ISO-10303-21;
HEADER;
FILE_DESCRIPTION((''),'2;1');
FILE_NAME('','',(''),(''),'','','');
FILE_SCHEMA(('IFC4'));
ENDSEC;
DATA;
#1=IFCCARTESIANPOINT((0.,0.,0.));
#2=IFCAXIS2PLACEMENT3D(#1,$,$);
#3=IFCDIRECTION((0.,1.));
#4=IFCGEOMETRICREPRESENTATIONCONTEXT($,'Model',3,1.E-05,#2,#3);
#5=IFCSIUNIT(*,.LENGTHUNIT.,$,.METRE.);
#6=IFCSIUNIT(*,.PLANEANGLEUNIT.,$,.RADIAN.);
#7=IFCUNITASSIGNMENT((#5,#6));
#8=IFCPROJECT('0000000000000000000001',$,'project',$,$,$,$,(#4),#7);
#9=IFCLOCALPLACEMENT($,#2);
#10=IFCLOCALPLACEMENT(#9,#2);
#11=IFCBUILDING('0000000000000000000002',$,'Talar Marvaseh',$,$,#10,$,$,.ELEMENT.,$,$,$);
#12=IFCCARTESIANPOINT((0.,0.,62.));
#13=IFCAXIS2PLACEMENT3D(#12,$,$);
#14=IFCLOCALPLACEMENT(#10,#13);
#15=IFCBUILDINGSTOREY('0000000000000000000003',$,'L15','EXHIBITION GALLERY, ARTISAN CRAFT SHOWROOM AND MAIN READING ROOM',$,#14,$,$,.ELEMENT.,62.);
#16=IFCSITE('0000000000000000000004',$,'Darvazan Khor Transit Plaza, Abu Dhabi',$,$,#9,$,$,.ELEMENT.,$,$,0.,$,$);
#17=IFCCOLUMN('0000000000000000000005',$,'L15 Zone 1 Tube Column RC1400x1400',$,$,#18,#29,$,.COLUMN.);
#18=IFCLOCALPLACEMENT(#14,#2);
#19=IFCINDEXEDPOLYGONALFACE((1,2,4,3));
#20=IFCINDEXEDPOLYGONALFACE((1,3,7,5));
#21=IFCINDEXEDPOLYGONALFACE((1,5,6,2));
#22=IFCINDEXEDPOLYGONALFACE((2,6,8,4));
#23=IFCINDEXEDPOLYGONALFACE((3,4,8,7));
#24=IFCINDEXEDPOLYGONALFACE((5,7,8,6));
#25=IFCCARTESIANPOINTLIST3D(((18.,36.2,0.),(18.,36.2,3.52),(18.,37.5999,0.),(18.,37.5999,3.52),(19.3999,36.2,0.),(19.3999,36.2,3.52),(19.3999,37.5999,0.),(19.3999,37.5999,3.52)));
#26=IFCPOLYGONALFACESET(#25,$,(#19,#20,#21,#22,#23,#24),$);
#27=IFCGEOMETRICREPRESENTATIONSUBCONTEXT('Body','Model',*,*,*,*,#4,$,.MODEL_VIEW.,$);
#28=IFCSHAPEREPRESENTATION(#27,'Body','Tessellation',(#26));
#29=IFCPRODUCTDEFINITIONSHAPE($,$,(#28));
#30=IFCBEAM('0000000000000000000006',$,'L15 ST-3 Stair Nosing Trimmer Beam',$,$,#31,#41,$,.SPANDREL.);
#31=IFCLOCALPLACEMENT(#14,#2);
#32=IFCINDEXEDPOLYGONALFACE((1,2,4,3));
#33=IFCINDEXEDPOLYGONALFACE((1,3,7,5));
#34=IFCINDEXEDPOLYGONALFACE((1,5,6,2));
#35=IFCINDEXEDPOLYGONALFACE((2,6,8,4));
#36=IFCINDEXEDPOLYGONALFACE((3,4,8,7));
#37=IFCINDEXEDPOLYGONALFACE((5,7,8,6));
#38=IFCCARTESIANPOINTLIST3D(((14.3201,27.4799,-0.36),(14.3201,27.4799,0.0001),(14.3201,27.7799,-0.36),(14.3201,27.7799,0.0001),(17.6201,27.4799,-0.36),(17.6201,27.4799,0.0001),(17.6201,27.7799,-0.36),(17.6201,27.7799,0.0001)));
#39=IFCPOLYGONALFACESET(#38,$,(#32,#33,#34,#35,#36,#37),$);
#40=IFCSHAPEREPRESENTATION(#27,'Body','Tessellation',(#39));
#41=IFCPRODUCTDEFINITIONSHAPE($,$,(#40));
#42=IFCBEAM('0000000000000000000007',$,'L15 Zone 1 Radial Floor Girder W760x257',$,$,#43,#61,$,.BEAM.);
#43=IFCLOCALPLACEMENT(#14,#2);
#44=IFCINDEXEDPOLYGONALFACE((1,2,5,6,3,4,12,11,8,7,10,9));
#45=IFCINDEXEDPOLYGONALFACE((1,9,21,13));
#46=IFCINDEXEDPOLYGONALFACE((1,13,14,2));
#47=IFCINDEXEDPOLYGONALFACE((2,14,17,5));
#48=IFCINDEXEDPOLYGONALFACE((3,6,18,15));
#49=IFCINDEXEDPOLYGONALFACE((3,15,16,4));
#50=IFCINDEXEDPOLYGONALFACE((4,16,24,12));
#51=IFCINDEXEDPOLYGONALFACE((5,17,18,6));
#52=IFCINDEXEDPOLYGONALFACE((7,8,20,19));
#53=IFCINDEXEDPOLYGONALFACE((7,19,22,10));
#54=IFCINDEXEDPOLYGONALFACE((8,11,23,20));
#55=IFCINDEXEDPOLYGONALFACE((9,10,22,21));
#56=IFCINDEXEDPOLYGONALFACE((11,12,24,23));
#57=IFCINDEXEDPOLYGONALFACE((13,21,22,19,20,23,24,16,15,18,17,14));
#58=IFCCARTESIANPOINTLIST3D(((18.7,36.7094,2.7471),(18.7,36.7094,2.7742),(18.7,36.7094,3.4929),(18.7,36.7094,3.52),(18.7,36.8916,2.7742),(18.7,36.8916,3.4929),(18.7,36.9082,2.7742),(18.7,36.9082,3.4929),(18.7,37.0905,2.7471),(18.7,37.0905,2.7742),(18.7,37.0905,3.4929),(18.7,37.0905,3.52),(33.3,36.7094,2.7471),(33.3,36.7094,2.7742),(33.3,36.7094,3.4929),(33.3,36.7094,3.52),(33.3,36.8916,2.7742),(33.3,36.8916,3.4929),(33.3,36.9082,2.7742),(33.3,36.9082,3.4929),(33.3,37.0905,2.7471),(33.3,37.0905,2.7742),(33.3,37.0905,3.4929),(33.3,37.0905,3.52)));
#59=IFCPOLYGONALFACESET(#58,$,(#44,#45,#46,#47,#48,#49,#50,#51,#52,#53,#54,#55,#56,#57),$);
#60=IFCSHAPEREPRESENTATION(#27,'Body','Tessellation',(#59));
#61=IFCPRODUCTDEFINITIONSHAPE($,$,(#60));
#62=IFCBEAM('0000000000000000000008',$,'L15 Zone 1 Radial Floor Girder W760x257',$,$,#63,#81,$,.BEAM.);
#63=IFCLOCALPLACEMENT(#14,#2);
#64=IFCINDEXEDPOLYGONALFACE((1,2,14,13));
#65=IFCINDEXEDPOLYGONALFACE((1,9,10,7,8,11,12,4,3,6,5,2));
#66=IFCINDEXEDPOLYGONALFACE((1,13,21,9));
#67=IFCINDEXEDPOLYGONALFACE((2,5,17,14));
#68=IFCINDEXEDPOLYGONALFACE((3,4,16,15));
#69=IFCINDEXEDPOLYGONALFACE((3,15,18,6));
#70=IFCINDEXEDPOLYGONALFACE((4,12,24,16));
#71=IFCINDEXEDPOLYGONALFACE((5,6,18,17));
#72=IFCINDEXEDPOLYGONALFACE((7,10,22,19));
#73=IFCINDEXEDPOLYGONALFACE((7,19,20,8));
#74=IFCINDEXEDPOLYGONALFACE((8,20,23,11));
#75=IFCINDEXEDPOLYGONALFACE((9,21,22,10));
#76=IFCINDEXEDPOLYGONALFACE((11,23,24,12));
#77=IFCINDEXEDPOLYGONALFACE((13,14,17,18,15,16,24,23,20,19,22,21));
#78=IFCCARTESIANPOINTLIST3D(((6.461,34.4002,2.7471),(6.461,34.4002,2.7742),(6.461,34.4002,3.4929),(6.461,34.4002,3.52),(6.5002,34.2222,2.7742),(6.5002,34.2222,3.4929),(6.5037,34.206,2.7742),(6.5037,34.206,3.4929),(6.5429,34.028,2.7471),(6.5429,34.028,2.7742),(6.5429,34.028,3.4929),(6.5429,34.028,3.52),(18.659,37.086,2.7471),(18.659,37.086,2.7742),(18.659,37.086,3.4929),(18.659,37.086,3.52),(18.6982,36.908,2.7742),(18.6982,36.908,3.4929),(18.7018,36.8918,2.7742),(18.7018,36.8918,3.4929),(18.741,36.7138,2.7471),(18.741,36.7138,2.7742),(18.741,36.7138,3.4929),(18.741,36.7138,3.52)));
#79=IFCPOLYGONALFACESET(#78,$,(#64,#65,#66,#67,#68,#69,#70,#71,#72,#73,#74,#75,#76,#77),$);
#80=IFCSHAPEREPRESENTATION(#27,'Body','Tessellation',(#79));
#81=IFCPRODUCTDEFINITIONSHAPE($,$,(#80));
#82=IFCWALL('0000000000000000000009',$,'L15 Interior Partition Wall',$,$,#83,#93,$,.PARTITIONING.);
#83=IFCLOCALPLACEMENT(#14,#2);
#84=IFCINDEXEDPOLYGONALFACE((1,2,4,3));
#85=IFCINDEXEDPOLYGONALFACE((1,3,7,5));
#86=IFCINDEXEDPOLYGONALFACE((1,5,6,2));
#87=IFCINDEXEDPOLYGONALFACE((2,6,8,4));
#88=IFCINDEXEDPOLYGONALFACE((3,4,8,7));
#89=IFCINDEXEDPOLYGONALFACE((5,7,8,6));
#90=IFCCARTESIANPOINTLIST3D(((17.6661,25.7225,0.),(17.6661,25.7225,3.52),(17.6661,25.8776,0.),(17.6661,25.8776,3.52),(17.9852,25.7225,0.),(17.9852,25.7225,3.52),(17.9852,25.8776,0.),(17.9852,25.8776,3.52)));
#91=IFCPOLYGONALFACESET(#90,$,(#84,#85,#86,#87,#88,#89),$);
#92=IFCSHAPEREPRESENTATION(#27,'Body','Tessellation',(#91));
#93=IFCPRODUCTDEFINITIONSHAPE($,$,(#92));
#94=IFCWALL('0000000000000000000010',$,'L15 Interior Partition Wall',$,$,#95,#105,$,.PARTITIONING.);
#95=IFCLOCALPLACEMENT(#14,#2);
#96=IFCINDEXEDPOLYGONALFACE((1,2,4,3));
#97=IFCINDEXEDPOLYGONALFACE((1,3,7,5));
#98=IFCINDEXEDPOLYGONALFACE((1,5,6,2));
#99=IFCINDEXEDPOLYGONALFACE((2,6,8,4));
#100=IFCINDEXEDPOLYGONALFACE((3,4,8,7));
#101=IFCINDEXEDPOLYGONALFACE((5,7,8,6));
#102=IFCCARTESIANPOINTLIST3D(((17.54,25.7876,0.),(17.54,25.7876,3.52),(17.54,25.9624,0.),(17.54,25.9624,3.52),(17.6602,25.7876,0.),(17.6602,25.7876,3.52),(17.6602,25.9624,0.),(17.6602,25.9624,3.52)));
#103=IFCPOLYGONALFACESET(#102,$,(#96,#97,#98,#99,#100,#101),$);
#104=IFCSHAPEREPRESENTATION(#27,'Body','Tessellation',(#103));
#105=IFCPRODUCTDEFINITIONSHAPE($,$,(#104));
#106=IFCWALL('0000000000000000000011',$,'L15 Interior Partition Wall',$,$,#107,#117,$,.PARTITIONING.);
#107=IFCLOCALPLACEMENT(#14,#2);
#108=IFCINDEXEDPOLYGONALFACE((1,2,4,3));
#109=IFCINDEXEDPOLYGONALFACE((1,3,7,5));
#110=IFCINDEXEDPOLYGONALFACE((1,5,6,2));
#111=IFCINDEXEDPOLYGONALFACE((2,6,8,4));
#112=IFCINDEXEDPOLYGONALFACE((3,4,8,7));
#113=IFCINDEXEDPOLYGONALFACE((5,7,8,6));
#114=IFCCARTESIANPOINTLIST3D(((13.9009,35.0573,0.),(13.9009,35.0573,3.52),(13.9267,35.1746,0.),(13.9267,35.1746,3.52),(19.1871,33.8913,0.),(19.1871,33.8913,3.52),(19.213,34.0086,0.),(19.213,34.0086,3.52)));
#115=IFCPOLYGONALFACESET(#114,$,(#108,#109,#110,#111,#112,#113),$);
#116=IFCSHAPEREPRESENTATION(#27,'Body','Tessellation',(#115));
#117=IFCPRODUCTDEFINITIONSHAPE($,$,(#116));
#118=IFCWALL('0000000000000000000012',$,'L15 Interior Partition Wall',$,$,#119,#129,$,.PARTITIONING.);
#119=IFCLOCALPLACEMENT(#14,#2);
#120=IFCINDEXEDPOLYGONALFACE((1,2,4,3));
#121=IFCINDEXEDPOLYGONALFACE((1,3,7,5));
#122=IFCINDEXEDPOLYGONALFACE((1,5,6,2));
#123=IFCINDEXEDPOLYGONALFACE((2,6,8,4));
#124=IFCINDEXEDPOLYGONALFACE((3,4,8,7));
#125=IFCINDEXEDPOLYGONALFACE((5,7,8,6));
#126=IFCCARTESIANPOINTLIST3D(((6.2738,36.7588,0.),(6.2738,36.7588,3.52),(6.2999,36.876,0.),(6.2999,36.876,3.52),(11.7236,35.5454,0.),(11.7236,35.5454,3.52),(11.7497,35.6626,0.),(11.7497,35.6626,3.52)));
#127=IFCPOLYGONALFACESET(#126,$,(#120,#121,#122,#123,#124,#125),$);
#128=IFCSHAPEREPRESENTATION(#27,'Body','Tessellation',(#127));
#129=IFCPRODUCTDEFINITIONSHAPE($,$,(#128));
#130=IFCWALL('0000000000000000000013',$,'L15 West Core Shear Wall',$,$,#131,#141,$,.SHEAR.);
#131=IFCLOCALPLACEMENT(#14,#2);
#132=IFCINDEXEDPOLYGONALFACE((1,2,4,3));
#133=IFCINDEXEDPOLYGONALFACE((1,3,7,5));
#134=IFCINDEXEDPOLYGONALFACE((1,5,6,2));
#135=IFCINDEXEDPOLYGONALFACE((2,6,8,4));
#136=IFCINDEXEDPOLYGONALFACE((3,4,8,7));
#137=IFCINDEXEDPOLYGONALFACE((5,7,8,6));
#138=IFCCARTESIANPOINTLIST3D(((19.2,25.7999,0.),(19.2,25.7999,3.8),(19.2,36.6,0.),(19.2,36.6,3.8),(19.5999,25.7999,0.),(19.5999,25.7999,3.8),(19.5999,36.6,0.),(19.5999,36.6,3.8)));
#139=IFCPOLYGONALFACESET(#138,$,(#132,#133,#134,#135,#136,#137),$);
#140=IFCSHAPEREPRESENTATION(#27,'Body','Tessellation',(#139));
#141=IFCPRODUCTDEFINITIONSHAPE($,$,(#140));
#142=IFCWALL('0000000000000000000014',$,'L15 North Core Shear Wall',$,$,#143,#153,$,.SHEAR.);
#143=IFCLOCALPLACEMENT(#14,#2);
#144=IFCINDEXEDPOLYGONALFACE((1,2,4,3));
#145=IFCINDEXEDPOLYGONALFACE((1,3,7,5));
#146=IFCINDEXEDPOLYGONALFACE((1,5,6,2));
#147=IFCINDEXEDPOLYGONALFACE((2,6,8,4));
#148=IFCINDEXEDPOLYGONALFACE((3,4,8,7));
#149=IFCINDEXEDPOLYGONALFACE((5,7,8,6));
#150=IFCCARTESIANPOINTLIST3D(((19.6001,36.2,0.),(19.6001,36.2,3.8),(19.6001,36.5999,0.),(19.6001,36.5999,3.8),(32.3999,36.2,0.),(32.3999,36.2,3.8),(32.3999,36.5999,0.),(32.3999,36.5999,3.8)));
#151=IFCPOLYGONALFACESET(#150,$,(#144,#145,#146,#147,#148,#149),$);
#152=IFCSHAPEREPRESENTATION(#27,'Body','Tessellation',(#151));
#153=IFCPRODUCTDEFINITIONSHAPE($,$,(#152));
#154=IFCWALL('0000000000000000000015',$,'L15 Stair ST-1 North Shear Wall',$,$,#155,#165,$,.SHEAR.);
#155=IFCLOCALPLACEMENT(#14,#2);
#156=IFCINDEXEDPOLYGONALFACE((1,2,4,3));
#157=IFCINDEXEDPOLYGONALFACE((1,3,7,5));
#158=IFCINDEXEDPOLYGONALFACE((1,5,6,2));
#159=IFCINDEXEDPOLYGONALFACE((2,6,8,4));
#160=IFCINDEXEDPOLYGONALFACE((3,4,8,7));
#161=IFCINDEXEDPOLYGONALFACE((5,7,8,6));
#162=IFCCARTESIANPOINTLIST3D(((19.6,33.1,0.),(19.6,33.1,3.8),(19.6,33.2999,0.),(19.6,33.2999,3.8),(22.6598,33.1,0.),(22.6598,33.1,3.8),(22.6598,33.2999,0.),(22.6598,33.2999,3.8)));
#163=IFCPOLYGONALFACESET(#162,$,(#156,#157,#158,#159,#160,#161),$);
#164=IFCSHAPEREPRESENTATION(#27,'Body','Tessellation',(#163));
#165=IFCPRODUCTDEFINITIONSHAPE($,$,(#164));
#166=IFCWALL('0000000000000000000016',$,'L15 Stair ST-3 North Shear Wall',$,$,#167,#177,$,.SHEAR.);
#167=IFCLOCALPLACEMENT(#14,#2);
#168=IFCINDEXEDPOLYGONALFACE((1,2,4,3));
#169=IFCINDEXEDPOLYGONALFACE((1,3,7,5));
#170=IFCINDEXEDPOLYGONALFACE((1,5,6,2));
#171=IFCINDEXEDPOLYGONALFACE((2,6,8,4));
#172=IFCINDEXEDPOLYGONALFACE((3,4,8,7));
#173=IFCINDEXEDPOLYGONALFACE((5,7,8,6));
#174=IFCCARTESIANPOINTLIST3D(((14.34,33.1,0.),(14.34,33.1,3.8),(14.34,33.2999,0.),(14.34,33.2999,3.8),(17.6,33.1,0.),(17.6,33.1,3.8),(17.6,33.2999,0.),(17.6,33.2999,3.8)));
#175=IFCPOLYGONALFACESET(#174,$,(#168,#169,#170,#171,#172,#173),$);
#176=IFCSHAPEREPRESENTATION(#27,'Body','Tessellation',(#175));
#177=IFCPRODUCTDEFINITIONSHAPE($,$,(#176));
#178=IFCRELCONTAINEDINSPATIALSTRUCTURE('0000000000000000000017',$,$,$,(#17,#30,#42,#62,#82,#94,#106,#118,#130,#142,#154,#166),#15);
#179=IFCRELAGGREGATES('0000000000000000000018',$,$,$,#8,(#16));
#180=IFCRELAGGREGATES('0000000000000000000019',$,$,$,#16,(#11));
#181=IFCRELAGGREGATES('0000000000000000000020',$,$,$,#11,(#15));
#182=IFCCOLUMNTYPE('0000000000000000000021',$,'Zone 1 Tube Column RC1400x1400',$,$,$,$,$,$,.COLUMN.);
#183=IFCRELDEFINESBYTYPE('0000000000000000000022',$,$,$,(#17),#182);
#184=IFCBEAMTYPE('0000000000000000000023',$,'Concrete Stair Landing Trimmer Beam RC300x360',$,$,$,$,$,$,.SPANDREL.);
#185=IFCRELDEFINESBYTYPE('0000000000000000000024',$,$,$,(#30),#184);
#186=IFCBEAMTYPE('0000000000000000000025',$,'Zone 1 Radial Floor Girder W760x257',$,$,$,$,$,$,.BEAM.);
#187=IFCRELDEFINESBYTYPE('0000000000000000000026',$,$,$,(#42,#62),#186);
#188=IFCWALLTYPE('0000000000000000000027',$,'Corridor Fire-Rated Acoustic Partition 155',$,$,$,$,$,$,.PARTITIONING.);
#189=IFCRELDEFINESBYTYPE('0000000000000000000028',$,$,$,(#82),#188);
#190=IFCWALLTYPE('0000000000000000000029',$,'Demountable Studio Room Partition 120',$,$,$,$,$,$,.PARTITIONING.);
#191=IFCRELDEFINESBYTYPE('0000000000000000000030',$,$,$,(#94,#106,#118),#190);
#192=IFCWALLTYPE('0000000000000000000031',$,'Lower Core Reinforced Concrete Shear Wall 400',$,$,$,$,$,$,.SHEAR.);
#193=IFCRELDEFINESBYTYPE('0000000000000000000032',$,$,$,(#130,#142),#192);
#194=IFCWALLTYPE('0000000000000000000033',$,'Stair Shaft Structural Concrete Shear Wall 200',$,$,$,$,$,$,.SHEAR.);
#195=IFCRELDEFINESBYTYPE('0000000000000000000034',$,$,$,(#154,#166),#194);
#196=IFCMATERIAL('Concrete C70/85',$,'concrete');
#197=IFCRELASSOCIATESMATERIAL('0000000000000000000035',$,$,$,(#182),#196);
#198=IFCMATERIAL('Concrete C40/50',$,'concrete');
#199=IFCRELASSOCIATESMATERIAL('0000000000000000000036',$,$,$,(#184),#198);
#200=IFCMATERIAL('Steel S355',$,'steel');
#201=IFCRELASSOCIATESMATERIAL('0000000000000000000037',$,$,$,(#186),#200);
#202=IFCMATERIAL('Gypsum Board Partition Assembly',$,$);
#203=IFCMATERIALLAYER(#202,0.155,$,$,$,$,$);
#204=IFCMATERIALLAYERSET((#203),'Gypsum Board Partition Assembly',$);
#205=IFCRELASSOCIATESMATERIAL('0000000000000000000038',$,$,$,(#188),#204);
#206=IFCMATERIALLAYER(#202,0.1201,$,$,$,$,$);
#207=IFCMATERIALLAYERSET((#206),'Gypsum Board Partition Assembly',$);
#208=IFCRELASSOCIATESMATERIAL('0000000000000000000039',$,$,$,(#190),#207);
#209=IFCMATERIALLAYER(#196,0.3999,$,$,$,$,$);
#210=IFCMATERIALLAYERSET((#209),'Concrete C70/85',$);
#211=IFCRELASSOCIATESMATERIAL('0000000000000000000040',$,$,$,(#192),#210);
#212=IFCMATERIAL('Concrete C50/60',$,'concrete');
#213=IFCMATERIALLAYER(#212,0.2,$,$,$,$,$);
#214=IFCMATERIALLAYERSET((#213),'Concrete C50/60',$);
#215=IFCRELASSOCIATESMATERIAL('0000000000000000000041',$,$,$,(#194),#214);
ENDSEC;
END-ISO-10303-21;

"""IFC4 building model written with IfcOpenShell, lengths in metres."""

from ifc_helpers import new_model, si_unit, direction, frame, frame_2d, origin, origin_2d, place, context, subcontext, project, spatial, rectangle, i_section, extrude, material, layer, layer_set, material_profile, profile_set, type_object, element, save


model = new_model("IFC4")

# Units and contexts
model_context = context("Model", 3, precision=1e-05, world=origin(), true_north=direction((0.0, 1.0)))
body_context = subcontext(model_context, "Body", "Model", "MODEL_VIEW")
ifc_project = project(units=[si_unit("LENGTHUNIT", "METRE"), si_unit("PLANEANGLEUNIT", "RADIAN")], contexts=[model_context])

# Site, building, storey
site_placement = place(None, origin())
site = spatial("IfcSite", under=ifc_project, at=site_placement, Name="Darvazan Khor Transit Plaza, Abu Dhabi", CompositionType="ELEMENT", RefElevation=0.0)
building_placement = place(site_placement, origin())
building = spatial("IfcBuilding", under=site, at=building_placement, Name="Talar Marvaseh", CompositionType="ELEMENT")
storey_placement = place(building_placement, frame((0.0, 0.0, 62.0)))
storey = spatial("IfcBuildingStorey", under=building, at=storey_placement, Name="L15", Description="EXHIBITION GALLERY, ARTISAN CRAFT SHOWROOM AND MAIN READING ROOM", CompositionType="ELEMENT", Elevation=62.0)

# Column
ifc_material_1 = material(Name="Concrete C70/85", Category="concrete")
ifc_material_profile_1 = material_profile(ifc_material_1, rectangle(XDim=1.3999, YDim=1.3999, at=origin_2d()), Name="RC1400x1400")
ifc_profile_set_1 = profile_set([ifc_material_profile_1], Name="Concrete C70/85")
column_type = type_object("IfcColumnType", Name="Zone 1 Tube Column RC1400x1400", PredefinedType="COLUMN", material=ifc_profile_set_1)
column_placement = place(storey_placement, frame((18.7, 36.8999, 0.0), z_axis=(0.0, 0.0, 1.0), x_axis=(1.0, 0.0, 0.0)))
element("IfcColumn", 1, at=column_placement, inside=storey, type_object=column_type, Name="L15 Zone 1 Tube Column RC1400x1400", PredefinedType="COLUMN", context=body_context, shape_type="SweptSolid", body=[
    extrude(rectangle(XDim=1.3999, YDim=1.3999, at=origin_2d()), origin(), (0.0, 0.0, 1.0), 3.52),
])

# Beams
ifc_material_2 = material(Name="Concrete C40/50", Category="concrete")
ifc_material_profile_2 = material_profile(ifc_material_2, rectangle(XDim=0.3, YDim=0.3601, at=origin_2d()), Name="RC300x360")
ifc_profile_set_2 = profile_set([ifc_material_profile_2], Name="Concrete C40/50")
beam_type_1 = type_object("IfcBeamType", Name="Concrete Stair Landing Trimmer Beam RC300x360", PredefinedType="SPANDREL", material=ifc_profile_set_2)
beam_1_placement = place(storey_placement, frame((17.6201, 27.6299, -0.1799), z_axis=(-1.0, 0.0, 0.0), x_axis=(0.0, -1.0, 0.0)))
element("IfcBeam", 2, at=beam_1_placement, inside=storey, type_object=beam_type_1, Name="L15 ST-3 Stair Nosing Trimmer Beam", PredefinedType="SPANDREL", context=body_context, shape_type="SweptSolid", body=[
    extrude(rectangle(XDim=0.3, YDim=0.3601, at=origin_2d()), origin(), (0.0, 0.0, 1.0), 3.3),
])
ifc_material_3 = material(Name="Steel S355", Category="steel")
ifc_material_profile_3 = material_profile(ifc_material_3, i_section(OverallWidth=0.3811, OverallDepth=0.7729, WebThickness=0.0166, FlangeThickness=0.0271, at=origin_2d()), Name="W760x257")
ifc_profile_set_3 = profile_set([ifc_material_profile_3], Name="Steel S355")
beam_type_2 = type_object("IfcBeamType", Name="Zone 1 Radial Floor Girder W760x257", PredefinedType="BEAM", material=ifc_profile_set_3)
beam_2_placement = place(storey_placement, frame((18.7, 36.8999, 3.1335), z_axis=(1.0, 0.0, 0.0), x_axis=(0.0, 1.0, 0.0)))
element("IfcBeam", 3, at=beam_2_placement, inside=storey, type_object=beam_type_2, Name="L15 Zone 1 Radial Floor Girder W760x257", PredefinedType="BEAM", context=body_context, shape_type="SweptSolid", body=[
    extrude(i_section(OverallWidth=0.3811, OverallDepth=0.7729, WebThickness=0.0166, FlangeThickness=0.0271, at=origin_2d()), origin(), (0.0, 0.0, 1.0), 14.6001),
])
beam_3_placement = place(storey_placement, frame((6.502, 34.2141, 3.1335), z_axis=(0.976607, 0.215032, 0.0), x_axis=(-0.215032, 0.976607, 0.0)))
element("IfcBeam", 4, at=beam_3_placement, inside=storey, type_object=beam_type_2, Name="L15 Zone 1 Radial Floor Girder W760x257", PredefinedType="BEAM", context=body_context, shape_type="SweptSolid", body=[
    extrude(i_section(OverallWidth=0.3811, OverallDepth=0.7729, WebThickness=0.0166, FlangeThickness=0.0271, at=origin_2d()), origin(), (0.0, 0.0, 1.0), 12.4902),
])

# Walls
ifc_material_4 = material(Name="Gypsum Board Partition Assembly")
ifc_layer_1 = layer(ifc_material_4, 0.155)
ifc_layer_set_1 = layer_set([ifc_layer_1], Name="Gypsum Board Partition Assembly")
wall_type_1 = type_object("IfcWallType", Name="Corridor Fire-Rated Acoustic Partition 155", PredefinedType="PARTITIONING", material=ifc_layer_set_1)
wall_1_placement = place(storey_placement, frame((17.666, 25.8, 0.0), z_axis=(0.0, 0.0, 1.0), x_axis=(1.0, 0.0, 0.0)))
element("IfcWall", 5, at=wall_1_placement, inside=storey, type_object=wall_type_1, Name="L15 Interior Partition Wall", PredefinedType="PARTITIONING", context=body_context, shape_type="SweptSolid", body=[
    extrude(rectangle(XDim=0.3191, YDim=0.155, at=frame_2d((0.1597, 0.0))), origin(), (0.0, 0.0, 1.0), 3.52),
])
ifc_layer_2 = layer(ifc_material_4, 0.1201)
ifc_layer_set_2 = layer_set([ifc_layer_2], Name="Gypsum Board Partition Assembly")
wall_type_2 = type_object("IfcWallType", Name="Demountable Studio Room Partition 120", PredefinedType="PARTITIONING", material=ifc_layer_set_2)
wall_2_placement = place(storey_placement, frame((17.6001, 25.9624, 0.0), z_axis=(0.0, 0.0, 1.0), x_axis=(0.0, -1.0, 0.0)))
element("IfcWall", 6, at=wall_2_placement, inside=storey, type_object=wall_type_2, Name="L15 Interior Partition Wall", PredefinedType="PARTITIONING", context=body_context, shape_type="SweptSolid", body=[
    extrude(rectangle(XDim=0.1748, YDim=0.1201, at=frame_2d((0.0874, 0.0))), origin(), (0.0, 0.0, 1.0), 3.52),
])
wall_3_placement = place(storey_placement, frame((19.2, 33.95, 0.0), z_axis=(0.0, 0.0, 1.0), x_axis=(-0.976528, 0.215393, 0.0)))
element("IfcWall", 7, at=wall_3_placement, inside=storey, type_object=wall_type_2, Name="L15 Interior Partition Wall", PredefinedType="PARTITIONING", context=body_context, shape_type="SweptSolid", body=[
    extrude(rectangle(XDim=5.4133, YDim=0.1201, at=frame_2d((2.7065, 0.0))), origin(), (0.0, 0.0, 1.0), 3.52),
])
wall_4_placement = place(storey_placement, frame((11.7366, 35.604, 0.0), z_axis=(0.0, 0.0, 1.0), x_axis=(-0.976098, 0.217329, 0.0)))
element("IfcWall", 8, at=wall_4_placement, inside=storey, type_object=wall_type_2, Name="L15 Interior Partition Wall", PredefinedType="PARTITIONING", context=body_context, shape_type="SweptSolid", body=[
    extrude(rectangle(XDim=5.5833, YDim=0.1201, at=frame_2d((2.7915, 0.0))), origin(), (0.0, 0.0, 1.0), 3.52),
])
ifc_layer_3 = layer(ifc_material_1, 0.3999)
ifc_layer_set_3 = layer_set([ifc_layer_3], Name="Concrete C70/85")
wall_type_3 = type_object("IfcWallType", Name="Lower Core Reinforced Concrete Shear Wall 400", PredefinedType="SHEAR", material=ifc_layer_set_3)
wall_5_placement = place(storey_placement, frame((19.3999, 25.8, 0.0), z_axis=(0.0, 0.0, 1.0), x_axis=(0.0, 1.0, 0.0)))
element("IfcWall", 9, at=wall_5_placement, inside=storey, type_object=wall_type_3, Name="L15 West Core Shear Wall", PredefinedType="SHEAR", context=body_context, shape_type="SweptSolid", body=[
    extrude(rectangle(XDim=10.8, YDim=0.3999, at=frame_2d((5.3999, 0.0))), origin(), (0.0, 0.0, 1.0), 3.8),
])
wall_6_placement = place(storey_placement, frame((19.6001, 36.3999, 0.0), z_axis=(0.0, 0.0, 1.0), x_axis=(1.0, 0.0, 0.0)))
element("IfcWall", 10, at=wall_6_placement, inside=storey, type_object=wall_type_3, Name="L15 North Core Shear Wall", PredefinedType="SHEAR", context=body_context, shape_type="SweptSolid", body=[
    extrude(rectangle(XDim=12.7998, YDim=0.3999, at=frame_2d((6.3999, 0.0))), origin(), (0.0, 0.0, 1.0), 3.8),
])
ifc_material_5 = material(Name="Concrete C50/60", Category="concrete")
ifc_layer_4 = layer(ifc_material_5, 0.2)
ifc_layer_set_4 = layer_set([ifc_layer_4], Name="Concrete C50/60")
wall_type_4 = type_object("IfcWallType", Name="Stair Shaft Structural Concrete Shear Wall 200", PredefinedType="SHEAR", material=ifc_layer_set_4)
wall_7_placement = place(storey_placement, frame((19.6001, 33.2, 0.0), z_axis=(0.0, 0.0, 1.0), x_axis=(1.0, 0.0, 0.0)))
element("IfcWall", 11, at=wall_7_placement, inside=storey, type_object=wall_type_4, Name="L15 Stair ST-1 North Shear Wall", PredefinedType="SHEAR", context=body_context, shape_type="SweptSolid", body=[
    extrude(rectangle(XDim=3.0598, YDim=0.2, at=frame_2d((1.5298, 0.0))), origin(), (0.0, 0.0, 1.0), 3.8),
])

# Wall
wall_8_placement = place(storey_placement, frame((14.3401, 33.2, 0.0), z_axis=(0.0, 0.0, 1.0), x_axis=(1.0, 0.0, 0.0)))
element("IfcWall", 12, at=wall_8_placement, inside=storey, type_object=wall_type_4, Name="L15 Stair ST-3 North Shear Wall", PredefinedType="SHEAR", context=body_context, shape_type="SweptSolid", body=[
    extrude(rectangle(XDim=3.26, YDim=0.2, at=frame_2d((1.6299, 0.0))), origin(), (0.0, 0.0, 1.0), 3.8),
])

save(model, "model.ifc")
